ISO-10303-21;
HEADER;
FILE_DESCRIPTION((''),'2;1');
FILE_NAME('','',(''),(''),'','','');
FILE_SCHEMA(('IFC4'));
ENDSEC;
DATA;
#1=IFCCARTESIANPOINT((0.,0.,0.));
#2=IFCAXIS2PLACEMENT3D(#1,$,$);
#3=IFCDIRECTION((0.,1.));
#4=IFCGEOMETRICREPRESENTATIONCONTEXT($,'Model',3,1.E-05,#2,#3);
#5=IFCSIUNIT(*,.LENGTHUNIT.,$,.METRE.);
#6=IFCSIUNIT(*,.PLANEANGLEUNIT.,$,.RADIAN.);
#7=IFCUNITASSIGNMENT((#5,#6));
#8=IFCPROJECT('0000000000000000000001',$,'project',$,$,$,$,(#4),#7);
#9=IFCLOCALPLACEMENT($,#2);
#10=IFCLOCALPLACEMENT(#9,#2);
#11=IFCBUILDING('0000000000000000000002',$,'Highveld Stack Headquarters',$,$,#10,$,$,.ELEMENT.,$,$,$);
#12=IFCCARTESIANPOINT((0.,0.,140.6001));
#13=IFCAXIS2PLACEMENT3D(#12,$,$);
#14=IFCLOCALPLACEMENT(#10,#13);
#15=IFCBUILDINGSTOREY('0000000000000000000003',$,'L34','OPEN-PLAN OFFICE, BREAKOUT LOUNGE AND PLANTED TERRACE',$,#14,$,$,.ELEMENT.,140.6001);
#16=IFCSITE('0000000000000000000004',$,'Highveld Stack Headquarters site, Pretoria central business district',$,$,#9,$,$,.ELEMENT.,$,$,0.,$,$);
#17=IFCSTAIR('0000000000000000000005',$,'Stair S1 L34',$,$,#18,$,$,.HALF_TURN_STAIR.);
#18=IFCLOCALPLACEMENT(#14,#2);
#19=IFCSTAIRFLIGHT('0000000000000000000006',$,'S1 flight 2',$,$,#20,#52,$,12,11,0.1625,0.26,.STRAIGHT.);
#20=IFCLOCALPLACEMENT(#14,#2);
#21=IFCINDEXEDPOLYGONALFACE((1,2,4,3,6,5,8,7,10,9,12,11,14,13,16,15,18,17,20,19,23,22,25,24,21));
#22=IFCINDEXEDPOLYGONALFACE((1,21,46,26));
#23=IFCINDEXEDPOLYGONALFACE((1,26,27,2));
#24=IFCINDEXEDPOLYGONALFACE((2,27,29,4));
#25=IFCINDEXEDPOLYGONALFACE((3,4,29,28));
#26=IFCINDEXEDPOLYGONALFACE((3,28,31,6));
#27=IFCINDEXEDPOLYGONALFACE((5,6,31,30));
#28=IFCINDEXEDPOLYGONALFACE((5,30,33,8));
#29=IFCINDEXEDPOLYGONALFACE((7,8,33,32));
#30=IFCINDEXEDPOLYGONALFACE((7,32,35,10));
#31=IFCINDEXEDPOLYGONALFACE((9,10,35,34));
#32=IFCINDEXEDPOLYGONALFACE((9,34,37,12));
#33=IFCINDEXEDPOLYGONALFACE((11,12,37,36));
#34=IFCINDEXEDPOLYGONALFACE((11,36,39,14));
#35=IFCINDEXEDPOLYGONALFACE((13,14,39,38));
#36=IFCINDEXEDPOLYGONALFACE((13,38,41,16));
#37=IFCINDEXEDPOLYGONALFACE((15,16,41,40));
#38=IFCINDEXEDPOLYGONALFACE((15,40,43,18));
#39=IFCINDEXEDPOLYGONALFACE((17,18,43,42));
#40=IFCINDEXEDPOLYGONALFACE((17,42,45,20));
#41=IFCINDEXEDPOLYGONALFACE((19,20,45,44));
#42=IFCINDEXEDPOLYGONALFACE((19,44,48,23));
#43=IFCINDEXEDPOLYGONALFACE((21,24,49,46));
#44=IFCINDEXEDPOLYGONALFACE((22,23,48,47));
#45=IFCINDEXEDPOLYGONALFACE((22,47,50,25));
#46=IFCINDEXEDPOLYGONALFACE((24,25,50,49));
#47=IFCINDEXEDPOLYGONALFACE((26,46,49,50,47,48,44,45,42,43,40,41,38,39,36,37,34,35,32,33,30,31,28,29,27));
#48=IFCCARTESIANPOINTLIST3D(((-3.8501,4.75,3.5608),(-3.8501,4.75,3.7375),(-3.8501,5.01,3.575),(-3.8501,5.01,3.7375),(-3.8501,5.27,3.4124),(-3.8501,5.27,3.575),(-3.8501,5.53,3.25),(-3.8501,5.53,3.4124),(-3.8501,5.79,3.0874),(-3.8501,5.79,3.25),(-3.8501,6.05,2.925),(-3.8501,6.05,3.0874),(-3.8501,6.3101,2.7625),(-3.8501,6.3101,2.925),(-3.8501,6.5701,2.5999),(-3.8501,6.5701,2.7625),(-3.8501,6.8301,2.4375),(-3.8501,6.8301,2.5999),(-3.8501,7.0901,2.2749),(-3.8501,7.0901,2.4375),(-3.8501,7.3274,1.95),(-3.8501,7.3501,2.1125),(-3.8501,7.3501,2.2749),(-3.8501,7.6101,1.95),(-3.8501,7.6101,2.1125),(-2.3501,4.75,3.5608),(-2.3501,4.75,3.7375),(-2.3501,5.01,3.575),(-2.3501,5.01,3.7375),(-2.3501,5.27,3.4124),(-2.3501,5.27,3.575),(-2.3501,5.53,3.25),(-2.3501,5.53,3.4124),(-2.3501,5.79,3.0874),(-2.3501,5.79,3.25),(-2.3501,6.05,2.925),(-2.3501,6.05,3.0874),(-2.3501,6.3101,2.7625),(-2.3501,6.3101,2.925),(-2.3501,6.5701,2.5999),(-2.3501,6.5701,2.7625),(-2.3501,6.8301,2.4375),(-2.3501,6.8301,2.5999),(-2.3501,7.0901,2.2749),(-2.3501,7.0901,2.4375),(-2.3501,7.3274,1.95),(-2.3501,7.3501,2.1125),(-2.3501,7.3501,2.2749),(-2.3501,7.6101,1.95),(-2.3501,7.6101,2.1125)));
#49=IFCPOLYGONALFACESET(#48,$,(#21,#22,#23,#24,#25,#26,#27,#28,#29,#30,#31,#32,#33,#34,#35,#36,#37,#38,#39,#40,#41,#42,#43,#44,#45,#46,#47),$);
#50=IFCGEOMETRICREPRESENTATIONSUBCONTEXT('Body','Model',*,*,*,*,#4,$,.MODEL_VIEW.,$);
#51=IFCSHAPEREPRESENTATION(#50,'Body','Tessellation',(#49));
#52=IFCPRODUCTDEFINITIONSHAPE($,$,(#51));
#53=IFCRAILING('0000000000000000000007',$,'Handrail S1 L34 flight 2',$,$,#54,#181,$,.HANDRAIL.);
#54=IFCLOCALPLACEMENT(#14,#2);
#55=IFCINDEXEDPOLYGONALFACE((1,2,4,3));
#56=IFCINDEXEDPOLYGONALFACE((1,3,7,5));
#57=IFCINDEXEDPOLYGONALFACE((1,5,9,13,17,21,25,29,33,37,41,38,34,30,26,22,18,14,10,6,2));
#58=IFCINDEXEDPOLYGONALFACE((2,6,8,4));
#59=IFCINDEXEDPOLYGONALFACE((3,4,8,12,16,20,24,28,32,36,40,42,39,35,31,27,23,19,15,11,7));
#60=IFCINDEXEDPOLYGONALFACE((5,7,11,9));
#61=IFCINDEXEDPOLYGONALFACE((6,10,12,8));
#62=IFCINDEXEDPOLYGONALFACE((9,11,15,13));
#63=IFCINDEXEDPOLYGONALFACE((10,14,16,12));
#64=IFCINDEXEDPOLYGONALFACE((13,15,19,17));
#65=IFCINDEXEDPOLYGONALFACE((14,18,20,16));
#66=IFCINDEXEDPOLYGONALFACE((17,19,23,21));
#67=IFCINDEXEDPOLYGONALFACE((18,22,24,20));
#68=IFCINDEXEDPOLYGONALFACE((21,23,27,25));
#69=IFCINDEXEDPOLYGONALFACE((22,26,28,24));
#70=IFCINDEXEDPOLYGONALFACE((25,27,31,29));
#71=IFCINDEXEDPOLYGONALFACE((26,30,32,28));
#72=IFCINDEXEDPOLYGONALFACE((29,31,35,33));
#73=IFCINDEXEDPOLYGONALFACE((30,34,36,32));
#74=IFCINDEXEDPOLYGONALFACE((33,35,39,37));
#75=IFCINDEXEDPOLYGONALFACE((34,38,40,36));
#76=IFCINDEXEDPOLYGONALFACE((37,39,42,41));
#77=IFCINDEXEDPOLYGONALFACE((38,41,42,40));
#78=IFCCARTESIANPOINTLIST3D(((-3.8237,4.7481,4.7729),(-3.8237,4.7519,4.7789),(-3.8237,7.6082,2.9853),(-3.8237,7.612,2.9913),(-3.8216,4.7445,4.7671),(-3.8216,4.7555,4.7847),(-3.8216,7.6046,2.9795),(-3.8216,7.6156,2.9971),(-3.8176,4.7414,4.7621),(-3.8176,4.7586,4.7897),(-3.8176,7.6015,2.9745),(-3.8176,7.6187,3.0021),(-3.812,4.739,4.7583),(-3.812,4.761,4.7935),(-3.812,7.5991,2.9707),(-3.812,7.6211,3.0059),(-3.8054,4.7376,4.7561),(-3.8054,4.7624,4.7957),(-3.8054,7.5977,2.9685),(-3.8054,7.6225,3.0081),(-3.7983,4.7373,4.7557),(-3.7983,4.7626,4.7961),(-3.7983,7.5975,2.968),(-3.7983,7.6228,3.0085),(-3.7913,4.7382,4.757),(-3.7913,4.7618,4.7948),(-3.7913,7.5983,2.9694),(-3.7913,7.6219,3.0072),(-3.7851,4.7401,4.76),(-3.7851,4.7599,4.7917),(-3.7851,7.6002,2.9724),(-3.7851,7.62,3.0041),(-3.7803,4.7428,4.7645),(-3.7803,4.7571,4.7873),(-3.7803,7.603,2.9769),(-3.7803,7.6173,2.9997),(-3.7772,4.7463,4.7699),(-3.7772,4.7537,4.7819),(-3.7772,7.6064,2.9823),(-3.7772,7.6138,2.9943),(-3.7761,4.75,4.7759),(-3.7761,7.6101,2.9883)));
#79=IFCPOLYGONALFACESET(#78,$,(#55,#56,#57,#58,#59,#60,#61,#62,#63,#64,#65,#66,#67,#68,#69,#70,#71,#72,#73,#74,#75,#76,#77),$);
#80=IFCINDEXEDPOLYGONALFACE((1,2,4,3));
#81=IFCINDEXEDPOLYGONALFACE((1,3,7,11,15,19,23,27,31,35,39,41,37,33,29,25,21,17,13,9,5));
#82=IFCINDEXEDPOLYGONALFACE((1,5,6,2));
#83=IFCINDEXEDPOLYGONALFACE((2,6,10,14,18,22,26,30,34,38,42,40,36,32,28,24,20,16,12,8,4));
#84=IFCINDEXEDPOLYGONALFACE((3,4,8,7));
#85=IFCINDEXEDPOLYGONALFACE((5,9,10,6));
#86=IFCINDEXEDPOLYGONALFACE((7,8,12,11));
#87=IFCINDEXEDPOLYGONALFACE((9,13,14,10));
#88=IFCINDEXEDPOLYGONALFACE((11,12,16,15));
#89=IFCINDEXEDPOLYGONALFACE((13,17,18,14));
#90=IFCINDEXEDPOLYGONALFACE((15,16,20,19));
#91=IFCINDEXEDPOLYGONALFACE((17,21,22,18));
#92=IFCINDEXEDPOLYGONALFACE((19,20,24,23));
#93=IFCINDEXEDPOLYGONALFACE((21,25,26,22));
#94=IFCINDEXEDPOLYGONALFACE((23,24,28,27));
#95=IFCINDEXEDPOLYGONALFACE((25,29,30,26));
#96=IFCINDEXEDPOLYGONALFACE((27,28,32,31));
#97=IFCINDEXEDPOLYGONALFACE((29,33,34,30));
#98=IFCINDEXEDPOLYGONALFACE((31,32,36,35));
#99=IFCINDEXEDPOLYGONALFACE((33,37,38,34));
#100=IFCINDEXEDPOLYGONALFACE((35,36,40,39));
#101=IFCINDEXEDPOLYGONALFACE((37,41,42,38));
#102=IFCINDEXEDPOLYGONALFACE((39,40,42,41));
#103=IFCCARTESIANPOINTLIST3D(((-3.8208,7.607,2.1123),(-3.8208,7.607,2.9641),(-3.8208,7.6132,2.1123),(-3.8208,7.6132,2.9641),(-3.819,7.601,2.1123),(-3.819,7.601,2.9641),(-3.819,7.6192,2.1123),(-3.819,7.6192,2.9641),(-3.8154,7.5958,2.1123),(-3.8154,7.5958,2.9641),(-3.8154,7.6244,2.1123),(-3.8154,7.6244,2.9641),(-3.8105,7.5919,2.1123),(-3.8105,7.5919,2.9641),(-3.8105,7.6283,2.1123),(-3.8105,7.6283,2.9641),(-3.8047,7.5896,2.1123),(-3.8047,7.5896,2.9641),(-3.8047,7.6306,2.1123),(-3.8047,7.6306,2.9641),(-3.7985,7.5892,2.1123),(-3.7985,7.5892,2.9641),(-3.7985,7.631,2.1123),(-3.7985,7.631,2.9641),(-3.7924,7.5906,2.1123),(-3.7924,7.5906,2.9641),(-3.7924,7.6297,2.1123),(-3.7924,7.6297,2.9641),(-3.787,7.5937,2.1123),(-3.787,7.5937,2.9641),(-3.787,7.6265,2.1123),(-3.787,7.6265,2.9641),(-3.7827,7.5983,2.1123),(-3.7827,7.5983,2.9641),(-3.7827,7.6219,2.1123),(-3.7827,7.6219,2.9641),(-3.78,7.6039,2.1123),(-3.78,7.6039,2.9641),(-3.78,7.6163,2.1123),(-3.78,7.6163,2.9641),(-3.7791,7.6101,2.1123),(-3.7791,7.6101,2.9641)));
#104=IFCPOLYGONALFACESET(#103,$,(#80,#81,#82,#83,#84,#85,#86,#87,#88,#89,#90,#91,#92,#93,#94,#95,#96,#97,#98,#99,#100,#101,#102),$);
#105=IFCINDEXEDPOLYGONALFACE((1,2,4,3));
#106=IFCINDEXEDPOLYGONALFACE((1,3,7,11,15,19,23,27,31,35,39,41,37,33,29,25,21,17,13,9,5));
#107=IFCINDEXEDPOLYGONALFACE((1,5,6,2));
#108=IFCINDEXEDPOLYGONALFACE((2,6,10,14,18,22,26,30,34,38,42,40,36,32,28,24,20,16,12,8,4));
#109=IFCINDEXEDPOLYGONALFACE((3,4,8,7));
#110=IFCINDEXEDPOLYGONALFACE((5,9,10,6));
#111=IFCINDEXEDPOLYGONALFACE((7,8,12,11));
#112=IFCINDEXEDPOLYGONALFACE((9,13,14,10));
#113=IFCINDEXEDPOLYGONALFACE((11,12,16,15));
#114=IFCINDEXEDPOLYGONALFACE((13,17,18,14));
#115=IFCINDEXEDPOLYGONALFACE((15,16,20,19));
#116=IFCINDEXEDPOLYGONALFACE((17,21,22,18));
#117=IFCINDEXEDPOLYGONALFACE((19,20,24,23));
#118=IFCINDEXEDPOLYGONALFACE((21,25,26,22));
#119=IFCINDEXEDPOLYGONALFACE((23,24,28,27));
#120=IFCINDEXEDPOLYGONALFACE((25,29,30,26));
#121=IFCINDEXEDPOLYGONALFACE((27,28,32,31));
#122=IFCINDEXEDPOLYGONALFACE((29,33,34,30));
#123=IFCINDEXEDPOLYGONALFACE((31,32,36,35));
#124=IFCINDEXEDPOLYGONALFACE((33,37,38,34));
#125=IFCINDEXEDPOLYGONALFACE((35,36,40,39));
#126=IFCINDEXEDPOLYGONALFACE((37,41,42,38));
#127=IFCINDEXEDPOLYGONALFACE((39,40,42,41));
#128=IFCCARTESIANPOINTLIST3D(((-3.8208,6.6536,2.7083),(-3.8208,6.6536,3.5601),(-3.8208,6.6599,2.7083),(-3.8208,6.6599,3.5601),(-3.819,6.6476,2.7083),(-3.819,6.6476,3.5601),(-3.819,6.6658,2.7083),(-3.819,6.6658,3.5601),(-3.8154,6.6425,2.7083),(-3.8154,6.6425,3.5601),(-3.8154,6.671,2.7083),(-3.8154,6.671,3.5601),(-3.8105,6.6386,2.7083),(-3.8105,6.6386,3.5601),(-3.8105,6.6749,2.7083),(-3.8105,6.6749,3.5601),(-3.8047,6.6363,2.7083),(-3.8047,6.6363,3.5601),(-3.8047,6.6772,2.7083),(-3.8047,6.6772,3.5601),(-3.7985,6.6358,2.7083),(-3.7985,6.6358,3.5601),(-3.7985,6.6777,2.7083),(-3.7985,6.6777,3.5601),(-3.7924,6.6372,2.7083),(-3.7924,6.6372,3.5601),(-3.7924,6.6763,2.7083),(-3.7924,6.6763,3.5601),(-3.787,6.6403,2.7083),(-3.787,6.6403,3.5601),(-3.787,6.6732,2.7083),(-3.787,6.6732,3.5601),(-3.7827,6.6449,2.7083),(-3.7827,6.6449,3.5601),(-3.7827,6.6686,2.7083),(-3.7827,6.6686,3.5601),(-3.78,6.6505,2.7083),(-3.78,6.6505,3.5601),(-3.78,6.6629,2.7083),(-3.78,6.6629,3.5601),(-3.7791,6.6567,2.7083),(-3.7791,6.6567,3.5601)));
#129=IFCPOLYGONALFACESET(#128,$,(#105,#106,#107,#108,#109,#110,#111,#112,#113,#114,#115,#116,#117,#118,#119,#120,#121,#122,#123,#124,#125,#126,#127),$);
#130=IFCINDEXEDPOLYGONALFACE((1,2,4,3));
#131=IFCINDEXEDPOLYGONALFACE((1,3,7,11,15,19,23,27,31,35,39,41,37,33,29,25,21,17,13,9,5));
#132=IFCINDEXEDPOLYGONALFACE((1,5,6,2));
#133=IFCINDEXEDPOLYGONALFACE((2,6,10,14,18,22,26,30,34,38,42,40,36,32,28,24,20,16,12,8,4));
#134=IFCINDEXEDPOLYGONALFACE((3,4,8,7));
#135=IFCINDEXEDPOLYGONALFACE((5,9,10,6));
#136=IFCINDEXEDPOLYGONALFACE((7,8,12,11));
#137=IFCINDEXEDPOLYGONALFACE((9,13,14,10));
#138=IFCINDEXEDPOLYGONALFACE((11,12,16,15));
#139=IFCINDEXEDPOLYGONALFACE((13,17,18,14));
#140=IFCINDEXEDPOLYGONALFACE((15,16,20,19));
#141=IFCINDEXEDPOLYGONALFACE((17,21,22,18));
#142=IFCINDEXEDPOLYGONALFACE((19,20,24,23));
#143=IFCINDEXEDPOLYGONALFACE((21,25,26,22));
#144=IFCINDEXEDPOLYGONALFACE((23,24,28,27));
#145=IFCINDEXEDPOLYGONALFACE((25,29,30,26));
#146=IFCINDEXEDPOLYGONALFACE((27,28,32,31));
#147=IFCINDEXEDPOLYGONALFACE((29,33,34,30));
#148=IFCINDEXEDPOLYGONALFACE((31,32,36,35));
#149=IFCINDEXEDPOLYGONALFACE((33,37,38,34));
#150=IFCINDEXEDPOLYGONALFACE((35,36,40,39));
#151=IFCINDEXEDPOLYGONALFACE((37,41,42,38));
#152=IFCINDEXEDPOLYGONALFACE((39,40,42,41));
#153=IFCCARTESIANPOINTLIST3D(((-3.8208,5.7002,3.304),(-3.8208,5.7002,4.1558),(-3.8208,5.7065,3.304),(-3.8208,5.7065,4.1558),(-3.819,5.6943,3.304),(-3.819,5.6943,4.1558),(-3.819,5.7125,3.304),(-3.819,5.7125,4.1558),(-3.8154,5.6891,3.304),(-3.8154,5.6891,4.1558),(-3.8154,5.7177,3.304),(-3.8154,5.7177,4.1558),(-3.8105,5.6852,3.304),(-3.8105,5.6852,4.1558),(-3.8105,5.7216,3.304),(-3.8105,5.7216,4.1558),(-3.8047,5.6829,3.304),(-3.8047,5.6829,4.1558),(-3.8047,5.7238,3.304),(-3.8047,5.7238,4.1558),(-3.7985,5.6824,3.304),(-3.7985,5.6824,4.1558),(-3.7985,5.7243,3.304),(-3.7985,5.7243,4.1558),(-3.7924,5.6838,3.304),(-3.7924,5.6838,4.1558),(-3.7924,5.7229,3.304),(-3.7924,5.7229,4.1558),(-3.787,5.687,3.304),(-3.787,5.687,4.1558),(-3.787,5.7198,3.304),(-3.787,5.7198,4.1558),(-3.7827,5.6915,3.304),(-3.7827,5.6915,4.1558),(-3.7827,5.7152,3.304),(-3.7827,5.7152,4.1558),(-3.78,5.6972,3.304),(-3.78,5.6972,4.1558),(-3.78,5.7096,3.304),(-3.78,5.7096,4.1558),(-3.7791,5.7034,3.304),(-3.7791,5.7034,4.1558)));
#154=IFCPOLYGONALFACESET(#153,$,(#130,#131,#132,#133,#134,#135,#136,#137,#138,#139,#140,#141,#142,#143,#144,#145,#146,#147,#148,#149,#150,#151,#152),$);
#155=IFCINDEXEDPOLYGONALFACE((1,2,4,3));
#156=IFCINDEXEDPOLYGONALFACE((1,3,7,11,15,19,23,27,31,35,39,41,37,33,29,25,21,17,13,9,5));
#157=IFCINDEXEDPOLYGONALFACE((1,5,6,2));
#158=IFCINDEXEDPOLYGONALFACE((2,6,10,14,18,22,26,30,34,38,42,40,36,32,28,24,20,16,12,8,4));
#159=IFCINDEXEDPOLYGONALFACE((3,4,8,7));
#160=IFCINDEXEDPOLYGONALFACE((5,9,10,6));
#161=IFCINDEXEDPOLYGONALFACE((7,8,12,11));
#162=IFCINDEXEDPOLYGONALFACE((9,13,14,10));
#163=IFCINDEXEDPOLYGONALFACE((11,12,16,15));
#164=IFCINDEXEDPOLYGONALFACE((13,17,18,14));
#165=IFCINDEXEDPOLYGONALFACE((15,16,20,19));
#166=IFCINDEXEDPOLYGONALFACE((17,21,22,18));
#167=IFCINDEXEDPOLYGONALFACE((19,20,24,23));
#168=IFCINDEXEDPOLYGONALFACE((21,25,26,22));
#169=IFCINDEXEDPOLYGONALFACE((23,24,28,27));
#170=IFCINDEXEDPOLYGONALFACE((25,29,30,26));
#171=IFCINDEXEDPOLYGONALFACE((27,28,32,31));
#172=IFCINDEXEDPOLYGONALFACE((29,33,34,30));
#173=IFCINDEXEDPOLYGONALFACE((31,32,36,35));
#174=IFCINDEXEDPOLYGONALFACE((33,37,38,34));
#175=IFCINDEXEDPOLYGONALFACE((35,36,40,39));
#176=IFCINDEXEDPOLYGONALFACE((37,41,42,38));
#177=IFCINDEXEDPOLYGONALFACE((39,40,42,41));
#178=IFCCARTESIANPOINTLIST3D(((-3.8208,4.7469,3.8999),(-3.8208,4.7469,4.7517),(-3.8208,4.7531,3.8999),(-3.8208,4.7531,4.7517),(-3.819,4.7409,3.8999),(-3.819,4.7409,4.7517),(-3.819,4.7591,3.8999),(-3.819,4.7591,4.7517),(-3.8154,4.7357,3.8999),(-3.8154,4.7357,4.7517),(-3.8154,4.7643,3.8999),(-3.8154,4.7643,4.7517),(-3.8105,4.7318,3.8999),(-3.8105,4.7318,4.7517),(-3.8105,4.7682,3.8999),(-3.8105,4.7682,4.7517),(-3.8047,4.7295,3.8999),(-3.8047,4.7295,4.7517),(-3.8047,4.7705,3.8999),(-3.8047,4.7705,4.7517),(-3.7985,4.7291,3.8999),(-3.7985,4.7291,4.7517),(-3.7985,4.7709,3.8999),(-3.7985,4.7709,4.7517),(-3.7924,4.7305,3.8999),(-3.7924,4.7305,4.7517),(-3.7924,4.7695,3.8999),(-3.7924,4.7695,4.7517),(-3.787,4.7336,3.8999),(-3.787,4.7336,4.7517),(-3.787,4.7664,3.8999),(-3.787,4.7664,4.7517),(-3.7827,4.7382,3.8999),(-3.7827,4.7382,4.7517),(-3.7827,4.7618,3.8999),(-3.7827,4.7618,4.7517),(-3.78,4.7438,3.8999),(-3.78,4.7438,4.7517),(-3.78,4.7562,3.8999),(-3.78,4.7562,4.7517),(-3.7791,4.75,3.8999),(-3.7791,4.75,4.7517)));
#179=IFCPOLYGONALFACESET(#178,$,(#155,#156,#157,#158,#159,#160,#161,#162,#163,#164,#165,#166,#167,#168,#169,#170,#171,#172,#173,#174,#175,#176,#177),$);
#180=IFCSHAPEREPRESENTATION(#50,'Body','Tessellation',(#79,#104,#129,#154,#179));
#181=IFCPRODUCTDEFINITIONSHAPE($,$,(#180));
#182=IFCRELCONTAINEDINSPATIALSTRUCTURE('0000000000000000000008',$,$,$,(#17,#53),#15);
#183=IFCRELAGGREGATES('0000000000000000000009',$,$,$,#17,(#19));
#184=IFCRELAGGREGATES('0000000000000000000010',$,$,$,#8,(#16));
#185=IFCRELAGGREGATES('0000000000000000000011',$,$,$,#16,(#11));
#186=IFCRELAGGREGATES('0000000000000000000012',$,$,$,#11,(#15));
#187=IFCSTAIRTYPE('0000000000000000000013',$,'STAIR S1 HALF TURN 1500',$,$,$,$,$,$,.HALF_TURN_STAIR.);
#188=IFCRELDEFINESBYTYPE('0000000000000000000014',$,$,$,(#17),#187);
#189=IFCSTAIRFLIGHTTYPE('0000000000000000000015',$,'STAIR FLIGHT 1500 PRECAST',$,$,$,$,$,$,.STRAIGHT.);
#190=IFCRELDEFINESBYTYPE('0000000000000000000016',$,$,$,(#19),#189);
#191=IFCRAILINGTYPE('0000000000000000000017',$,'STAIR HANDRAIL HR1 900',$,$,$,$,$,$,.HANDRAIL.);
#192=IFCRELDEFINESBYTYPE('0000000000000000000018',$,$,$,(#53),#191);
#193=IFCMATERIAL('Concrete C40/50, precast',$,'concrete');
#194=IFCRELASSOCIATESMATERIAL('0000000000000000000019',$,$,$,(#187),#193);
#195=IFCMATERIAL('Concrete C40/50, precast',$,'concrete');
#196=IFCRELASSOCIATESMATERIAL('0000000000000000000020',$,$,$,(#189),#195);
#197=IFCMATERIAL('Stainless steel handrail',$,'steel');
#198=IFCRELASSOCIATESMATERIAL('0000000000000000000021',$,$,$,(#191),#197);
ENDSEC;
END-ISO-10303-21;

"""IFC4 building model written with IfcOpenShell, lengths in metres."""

from ifc_helpers import new_model, si_unit, direction, frame, origin, origin_2d, place, context, subcontext, project, spatial, polyline, circle, outline, extrude, material, type_object, element, aggregate, save


model = new_model("IFC4")

# Units and contexts
model_context = context("Model", 3, precision=1e-05, world=origin(), true_north=direction((0.0, 1.0)))
body_context = subcontext(model_context, "Body", "Model", "MODEL_VIEW")
ifc_project = project(units=[si_unit("LENGTHUNIT", "METRE"), si_unit("PLANEANGLEUNIT", "RADIAN")], contexts=[model_context])

# Site, building, storey
site_placement = place(None, origin())
site = spatial("IfcSite", under=ifc_project, at=site_placement, Name="Highveld Stack Headquarters site, Pretoria central business district", CompositionType="ELEMENT", RefElevation=0.0)
building_placement = place(site_placement, origin())
building = spatial("IfcBuilding", under=site, at=building_placement, Name="Highveld Stack Headquarters", CompositionType="ELEMENT")
storey_placement = place(building_placement, frame((0.0, 0.0, 140.6001)))
storey = spatial("IfcBuildingStorey", under=building, at=storey_placement, Name="L34", Description="OPEN-PLAN OFFICE, BREAKOUT LOUNGE AND PLANTED TERRACE", CompositionType="ELEMENT", Elevation=140.6001)

# Stair, stair flight
ifc_material_1 = material(Name="Concrete C40/50, precast", Category="concrete")
stair_type = type_object("IfcStairType", Name="STAIR S1 HALF TURN 1500", PredefinedType="HALF_TURN_STAIR", material=ifc_material_1)
stair_placement = place(storey_placement, origin())
stair = element("IfcStair", 1, at=stair_placement, inside=storey, type_object=stair_type, Name="Stair S1 L34", PredefinedType="HALF_TURN_STAIR")
ifc_material_2 = material(Name="Concrete C40/50, precast", Category="concrete")
stair_flight_type = type_object("IfcStairFlightType", Name="STAIR FLIGHT 1500 PRECAST", PredefinedType="STRAIGHT", material=ifc_material_2)
stair_flight_placement = place(storey_placement, frame((-3.1001, 7.6101, 1.95), z_axis=(0.0, 0.0, 1.0), x_axis=(0.0, -1.0, 0.0)))
stair_flight = element("IfcStairFlight", 2, at=stair_flight_placement, type_object=stair_flight_type, Name="S1 flight 2", NumberOfRisers=12, NumberOfTreads=11, PredefinedType="STRAIGHT", RiserHeight=0.1625, TreadLength=0.26, context=body_context, shape_type="SweptSolid", body=[
    extrude(outline(polyline([(0.0, 0.0), (0.0, 0.1626), (0.26, 0.1626), (0.26, 0.325), (0.52, 0.325), (0.52, 0.4875), (0.78, 0.4875), (0.78, 0.6499), (1.04, 0.6499), (1.04, 0.8125), (1.3, 0.8125), (1.3, 0.9751), (1.5601, 0.9751), (1.5601, 1.1375), (1.8201, 1.1375), (1.8201, 1.3), (2.0801, 1.3), (2.0801, 1.4624), (2.3401, 1.4624), (2.3401, 1.625), (2.6001, 1.625), (2.6001, 1.7876), (2.8601, 1.7876), (2.8601, 1.95), (2.8601, 1.6108), (0.2827, 0.0), (0.0, 0.0)])), frame((0.0, 0.75, 0.0), z_axis=(0.0, -1.0, 0.0), x_axis=(1.0, 0.0, 0.0)), (0.0, 0.0, 1.0), 1.5),
])
aggregate(stair, [stair_flight])

# Railing
ifc_material_3 = material(Name="Stainless steel handrail", Category="steel")
railing_type = type_object("IfcRailingType", Name="STAIR HANDRAIL HR1 900", PredefinedType="HANDRAIL", material=ifc_material_3)
for number, where, name in (
    (3, (-3.8, 7.6101, 2.1123), "Handrail S1 L34 flight 2"),
):
    element("IfcRailing", number, at=place(storey_placement, frame(where)), inside=storey, type_object=railing_type, Name=name, PredefinedType="HANDRAIL", context=body_context, shape_type="SweptSolid", body=[
        extrude(circle(Radius=0.0239, at=origin_2d()), frame((0.0, 0.0, 0.876), z_axis=(0.0, -0.847994, 0.530005), x_axis=(1.0, 0.0, 0.0)), (0.0, 0.0, 1.0), 3.3728),
        extrude(circle(Radius=0.021, at=origin_2d()), origin(), (0.0, 0.0, 1.0), 0.8518),
        extrude(circle(Radius=0.021, at=origin_2d()), frame((0.0, -0.9534, 0.5959)), (0.0, 0.0, 1.0), 0.8518),
        extrude(circle(Radius=0.021, at=origin_2d()), frame((0.0, -1.9067, 1.1917)), (0.0, 0.0, 1.0), 0.8518),
        extrude(circle(Radius=0.021, at=origin_2d()), frame((0.0, -2.8601, 1.7876)), (0.0, 0.0, 1.0), 0.8518),
    ])

save(model, "model.ifc")
